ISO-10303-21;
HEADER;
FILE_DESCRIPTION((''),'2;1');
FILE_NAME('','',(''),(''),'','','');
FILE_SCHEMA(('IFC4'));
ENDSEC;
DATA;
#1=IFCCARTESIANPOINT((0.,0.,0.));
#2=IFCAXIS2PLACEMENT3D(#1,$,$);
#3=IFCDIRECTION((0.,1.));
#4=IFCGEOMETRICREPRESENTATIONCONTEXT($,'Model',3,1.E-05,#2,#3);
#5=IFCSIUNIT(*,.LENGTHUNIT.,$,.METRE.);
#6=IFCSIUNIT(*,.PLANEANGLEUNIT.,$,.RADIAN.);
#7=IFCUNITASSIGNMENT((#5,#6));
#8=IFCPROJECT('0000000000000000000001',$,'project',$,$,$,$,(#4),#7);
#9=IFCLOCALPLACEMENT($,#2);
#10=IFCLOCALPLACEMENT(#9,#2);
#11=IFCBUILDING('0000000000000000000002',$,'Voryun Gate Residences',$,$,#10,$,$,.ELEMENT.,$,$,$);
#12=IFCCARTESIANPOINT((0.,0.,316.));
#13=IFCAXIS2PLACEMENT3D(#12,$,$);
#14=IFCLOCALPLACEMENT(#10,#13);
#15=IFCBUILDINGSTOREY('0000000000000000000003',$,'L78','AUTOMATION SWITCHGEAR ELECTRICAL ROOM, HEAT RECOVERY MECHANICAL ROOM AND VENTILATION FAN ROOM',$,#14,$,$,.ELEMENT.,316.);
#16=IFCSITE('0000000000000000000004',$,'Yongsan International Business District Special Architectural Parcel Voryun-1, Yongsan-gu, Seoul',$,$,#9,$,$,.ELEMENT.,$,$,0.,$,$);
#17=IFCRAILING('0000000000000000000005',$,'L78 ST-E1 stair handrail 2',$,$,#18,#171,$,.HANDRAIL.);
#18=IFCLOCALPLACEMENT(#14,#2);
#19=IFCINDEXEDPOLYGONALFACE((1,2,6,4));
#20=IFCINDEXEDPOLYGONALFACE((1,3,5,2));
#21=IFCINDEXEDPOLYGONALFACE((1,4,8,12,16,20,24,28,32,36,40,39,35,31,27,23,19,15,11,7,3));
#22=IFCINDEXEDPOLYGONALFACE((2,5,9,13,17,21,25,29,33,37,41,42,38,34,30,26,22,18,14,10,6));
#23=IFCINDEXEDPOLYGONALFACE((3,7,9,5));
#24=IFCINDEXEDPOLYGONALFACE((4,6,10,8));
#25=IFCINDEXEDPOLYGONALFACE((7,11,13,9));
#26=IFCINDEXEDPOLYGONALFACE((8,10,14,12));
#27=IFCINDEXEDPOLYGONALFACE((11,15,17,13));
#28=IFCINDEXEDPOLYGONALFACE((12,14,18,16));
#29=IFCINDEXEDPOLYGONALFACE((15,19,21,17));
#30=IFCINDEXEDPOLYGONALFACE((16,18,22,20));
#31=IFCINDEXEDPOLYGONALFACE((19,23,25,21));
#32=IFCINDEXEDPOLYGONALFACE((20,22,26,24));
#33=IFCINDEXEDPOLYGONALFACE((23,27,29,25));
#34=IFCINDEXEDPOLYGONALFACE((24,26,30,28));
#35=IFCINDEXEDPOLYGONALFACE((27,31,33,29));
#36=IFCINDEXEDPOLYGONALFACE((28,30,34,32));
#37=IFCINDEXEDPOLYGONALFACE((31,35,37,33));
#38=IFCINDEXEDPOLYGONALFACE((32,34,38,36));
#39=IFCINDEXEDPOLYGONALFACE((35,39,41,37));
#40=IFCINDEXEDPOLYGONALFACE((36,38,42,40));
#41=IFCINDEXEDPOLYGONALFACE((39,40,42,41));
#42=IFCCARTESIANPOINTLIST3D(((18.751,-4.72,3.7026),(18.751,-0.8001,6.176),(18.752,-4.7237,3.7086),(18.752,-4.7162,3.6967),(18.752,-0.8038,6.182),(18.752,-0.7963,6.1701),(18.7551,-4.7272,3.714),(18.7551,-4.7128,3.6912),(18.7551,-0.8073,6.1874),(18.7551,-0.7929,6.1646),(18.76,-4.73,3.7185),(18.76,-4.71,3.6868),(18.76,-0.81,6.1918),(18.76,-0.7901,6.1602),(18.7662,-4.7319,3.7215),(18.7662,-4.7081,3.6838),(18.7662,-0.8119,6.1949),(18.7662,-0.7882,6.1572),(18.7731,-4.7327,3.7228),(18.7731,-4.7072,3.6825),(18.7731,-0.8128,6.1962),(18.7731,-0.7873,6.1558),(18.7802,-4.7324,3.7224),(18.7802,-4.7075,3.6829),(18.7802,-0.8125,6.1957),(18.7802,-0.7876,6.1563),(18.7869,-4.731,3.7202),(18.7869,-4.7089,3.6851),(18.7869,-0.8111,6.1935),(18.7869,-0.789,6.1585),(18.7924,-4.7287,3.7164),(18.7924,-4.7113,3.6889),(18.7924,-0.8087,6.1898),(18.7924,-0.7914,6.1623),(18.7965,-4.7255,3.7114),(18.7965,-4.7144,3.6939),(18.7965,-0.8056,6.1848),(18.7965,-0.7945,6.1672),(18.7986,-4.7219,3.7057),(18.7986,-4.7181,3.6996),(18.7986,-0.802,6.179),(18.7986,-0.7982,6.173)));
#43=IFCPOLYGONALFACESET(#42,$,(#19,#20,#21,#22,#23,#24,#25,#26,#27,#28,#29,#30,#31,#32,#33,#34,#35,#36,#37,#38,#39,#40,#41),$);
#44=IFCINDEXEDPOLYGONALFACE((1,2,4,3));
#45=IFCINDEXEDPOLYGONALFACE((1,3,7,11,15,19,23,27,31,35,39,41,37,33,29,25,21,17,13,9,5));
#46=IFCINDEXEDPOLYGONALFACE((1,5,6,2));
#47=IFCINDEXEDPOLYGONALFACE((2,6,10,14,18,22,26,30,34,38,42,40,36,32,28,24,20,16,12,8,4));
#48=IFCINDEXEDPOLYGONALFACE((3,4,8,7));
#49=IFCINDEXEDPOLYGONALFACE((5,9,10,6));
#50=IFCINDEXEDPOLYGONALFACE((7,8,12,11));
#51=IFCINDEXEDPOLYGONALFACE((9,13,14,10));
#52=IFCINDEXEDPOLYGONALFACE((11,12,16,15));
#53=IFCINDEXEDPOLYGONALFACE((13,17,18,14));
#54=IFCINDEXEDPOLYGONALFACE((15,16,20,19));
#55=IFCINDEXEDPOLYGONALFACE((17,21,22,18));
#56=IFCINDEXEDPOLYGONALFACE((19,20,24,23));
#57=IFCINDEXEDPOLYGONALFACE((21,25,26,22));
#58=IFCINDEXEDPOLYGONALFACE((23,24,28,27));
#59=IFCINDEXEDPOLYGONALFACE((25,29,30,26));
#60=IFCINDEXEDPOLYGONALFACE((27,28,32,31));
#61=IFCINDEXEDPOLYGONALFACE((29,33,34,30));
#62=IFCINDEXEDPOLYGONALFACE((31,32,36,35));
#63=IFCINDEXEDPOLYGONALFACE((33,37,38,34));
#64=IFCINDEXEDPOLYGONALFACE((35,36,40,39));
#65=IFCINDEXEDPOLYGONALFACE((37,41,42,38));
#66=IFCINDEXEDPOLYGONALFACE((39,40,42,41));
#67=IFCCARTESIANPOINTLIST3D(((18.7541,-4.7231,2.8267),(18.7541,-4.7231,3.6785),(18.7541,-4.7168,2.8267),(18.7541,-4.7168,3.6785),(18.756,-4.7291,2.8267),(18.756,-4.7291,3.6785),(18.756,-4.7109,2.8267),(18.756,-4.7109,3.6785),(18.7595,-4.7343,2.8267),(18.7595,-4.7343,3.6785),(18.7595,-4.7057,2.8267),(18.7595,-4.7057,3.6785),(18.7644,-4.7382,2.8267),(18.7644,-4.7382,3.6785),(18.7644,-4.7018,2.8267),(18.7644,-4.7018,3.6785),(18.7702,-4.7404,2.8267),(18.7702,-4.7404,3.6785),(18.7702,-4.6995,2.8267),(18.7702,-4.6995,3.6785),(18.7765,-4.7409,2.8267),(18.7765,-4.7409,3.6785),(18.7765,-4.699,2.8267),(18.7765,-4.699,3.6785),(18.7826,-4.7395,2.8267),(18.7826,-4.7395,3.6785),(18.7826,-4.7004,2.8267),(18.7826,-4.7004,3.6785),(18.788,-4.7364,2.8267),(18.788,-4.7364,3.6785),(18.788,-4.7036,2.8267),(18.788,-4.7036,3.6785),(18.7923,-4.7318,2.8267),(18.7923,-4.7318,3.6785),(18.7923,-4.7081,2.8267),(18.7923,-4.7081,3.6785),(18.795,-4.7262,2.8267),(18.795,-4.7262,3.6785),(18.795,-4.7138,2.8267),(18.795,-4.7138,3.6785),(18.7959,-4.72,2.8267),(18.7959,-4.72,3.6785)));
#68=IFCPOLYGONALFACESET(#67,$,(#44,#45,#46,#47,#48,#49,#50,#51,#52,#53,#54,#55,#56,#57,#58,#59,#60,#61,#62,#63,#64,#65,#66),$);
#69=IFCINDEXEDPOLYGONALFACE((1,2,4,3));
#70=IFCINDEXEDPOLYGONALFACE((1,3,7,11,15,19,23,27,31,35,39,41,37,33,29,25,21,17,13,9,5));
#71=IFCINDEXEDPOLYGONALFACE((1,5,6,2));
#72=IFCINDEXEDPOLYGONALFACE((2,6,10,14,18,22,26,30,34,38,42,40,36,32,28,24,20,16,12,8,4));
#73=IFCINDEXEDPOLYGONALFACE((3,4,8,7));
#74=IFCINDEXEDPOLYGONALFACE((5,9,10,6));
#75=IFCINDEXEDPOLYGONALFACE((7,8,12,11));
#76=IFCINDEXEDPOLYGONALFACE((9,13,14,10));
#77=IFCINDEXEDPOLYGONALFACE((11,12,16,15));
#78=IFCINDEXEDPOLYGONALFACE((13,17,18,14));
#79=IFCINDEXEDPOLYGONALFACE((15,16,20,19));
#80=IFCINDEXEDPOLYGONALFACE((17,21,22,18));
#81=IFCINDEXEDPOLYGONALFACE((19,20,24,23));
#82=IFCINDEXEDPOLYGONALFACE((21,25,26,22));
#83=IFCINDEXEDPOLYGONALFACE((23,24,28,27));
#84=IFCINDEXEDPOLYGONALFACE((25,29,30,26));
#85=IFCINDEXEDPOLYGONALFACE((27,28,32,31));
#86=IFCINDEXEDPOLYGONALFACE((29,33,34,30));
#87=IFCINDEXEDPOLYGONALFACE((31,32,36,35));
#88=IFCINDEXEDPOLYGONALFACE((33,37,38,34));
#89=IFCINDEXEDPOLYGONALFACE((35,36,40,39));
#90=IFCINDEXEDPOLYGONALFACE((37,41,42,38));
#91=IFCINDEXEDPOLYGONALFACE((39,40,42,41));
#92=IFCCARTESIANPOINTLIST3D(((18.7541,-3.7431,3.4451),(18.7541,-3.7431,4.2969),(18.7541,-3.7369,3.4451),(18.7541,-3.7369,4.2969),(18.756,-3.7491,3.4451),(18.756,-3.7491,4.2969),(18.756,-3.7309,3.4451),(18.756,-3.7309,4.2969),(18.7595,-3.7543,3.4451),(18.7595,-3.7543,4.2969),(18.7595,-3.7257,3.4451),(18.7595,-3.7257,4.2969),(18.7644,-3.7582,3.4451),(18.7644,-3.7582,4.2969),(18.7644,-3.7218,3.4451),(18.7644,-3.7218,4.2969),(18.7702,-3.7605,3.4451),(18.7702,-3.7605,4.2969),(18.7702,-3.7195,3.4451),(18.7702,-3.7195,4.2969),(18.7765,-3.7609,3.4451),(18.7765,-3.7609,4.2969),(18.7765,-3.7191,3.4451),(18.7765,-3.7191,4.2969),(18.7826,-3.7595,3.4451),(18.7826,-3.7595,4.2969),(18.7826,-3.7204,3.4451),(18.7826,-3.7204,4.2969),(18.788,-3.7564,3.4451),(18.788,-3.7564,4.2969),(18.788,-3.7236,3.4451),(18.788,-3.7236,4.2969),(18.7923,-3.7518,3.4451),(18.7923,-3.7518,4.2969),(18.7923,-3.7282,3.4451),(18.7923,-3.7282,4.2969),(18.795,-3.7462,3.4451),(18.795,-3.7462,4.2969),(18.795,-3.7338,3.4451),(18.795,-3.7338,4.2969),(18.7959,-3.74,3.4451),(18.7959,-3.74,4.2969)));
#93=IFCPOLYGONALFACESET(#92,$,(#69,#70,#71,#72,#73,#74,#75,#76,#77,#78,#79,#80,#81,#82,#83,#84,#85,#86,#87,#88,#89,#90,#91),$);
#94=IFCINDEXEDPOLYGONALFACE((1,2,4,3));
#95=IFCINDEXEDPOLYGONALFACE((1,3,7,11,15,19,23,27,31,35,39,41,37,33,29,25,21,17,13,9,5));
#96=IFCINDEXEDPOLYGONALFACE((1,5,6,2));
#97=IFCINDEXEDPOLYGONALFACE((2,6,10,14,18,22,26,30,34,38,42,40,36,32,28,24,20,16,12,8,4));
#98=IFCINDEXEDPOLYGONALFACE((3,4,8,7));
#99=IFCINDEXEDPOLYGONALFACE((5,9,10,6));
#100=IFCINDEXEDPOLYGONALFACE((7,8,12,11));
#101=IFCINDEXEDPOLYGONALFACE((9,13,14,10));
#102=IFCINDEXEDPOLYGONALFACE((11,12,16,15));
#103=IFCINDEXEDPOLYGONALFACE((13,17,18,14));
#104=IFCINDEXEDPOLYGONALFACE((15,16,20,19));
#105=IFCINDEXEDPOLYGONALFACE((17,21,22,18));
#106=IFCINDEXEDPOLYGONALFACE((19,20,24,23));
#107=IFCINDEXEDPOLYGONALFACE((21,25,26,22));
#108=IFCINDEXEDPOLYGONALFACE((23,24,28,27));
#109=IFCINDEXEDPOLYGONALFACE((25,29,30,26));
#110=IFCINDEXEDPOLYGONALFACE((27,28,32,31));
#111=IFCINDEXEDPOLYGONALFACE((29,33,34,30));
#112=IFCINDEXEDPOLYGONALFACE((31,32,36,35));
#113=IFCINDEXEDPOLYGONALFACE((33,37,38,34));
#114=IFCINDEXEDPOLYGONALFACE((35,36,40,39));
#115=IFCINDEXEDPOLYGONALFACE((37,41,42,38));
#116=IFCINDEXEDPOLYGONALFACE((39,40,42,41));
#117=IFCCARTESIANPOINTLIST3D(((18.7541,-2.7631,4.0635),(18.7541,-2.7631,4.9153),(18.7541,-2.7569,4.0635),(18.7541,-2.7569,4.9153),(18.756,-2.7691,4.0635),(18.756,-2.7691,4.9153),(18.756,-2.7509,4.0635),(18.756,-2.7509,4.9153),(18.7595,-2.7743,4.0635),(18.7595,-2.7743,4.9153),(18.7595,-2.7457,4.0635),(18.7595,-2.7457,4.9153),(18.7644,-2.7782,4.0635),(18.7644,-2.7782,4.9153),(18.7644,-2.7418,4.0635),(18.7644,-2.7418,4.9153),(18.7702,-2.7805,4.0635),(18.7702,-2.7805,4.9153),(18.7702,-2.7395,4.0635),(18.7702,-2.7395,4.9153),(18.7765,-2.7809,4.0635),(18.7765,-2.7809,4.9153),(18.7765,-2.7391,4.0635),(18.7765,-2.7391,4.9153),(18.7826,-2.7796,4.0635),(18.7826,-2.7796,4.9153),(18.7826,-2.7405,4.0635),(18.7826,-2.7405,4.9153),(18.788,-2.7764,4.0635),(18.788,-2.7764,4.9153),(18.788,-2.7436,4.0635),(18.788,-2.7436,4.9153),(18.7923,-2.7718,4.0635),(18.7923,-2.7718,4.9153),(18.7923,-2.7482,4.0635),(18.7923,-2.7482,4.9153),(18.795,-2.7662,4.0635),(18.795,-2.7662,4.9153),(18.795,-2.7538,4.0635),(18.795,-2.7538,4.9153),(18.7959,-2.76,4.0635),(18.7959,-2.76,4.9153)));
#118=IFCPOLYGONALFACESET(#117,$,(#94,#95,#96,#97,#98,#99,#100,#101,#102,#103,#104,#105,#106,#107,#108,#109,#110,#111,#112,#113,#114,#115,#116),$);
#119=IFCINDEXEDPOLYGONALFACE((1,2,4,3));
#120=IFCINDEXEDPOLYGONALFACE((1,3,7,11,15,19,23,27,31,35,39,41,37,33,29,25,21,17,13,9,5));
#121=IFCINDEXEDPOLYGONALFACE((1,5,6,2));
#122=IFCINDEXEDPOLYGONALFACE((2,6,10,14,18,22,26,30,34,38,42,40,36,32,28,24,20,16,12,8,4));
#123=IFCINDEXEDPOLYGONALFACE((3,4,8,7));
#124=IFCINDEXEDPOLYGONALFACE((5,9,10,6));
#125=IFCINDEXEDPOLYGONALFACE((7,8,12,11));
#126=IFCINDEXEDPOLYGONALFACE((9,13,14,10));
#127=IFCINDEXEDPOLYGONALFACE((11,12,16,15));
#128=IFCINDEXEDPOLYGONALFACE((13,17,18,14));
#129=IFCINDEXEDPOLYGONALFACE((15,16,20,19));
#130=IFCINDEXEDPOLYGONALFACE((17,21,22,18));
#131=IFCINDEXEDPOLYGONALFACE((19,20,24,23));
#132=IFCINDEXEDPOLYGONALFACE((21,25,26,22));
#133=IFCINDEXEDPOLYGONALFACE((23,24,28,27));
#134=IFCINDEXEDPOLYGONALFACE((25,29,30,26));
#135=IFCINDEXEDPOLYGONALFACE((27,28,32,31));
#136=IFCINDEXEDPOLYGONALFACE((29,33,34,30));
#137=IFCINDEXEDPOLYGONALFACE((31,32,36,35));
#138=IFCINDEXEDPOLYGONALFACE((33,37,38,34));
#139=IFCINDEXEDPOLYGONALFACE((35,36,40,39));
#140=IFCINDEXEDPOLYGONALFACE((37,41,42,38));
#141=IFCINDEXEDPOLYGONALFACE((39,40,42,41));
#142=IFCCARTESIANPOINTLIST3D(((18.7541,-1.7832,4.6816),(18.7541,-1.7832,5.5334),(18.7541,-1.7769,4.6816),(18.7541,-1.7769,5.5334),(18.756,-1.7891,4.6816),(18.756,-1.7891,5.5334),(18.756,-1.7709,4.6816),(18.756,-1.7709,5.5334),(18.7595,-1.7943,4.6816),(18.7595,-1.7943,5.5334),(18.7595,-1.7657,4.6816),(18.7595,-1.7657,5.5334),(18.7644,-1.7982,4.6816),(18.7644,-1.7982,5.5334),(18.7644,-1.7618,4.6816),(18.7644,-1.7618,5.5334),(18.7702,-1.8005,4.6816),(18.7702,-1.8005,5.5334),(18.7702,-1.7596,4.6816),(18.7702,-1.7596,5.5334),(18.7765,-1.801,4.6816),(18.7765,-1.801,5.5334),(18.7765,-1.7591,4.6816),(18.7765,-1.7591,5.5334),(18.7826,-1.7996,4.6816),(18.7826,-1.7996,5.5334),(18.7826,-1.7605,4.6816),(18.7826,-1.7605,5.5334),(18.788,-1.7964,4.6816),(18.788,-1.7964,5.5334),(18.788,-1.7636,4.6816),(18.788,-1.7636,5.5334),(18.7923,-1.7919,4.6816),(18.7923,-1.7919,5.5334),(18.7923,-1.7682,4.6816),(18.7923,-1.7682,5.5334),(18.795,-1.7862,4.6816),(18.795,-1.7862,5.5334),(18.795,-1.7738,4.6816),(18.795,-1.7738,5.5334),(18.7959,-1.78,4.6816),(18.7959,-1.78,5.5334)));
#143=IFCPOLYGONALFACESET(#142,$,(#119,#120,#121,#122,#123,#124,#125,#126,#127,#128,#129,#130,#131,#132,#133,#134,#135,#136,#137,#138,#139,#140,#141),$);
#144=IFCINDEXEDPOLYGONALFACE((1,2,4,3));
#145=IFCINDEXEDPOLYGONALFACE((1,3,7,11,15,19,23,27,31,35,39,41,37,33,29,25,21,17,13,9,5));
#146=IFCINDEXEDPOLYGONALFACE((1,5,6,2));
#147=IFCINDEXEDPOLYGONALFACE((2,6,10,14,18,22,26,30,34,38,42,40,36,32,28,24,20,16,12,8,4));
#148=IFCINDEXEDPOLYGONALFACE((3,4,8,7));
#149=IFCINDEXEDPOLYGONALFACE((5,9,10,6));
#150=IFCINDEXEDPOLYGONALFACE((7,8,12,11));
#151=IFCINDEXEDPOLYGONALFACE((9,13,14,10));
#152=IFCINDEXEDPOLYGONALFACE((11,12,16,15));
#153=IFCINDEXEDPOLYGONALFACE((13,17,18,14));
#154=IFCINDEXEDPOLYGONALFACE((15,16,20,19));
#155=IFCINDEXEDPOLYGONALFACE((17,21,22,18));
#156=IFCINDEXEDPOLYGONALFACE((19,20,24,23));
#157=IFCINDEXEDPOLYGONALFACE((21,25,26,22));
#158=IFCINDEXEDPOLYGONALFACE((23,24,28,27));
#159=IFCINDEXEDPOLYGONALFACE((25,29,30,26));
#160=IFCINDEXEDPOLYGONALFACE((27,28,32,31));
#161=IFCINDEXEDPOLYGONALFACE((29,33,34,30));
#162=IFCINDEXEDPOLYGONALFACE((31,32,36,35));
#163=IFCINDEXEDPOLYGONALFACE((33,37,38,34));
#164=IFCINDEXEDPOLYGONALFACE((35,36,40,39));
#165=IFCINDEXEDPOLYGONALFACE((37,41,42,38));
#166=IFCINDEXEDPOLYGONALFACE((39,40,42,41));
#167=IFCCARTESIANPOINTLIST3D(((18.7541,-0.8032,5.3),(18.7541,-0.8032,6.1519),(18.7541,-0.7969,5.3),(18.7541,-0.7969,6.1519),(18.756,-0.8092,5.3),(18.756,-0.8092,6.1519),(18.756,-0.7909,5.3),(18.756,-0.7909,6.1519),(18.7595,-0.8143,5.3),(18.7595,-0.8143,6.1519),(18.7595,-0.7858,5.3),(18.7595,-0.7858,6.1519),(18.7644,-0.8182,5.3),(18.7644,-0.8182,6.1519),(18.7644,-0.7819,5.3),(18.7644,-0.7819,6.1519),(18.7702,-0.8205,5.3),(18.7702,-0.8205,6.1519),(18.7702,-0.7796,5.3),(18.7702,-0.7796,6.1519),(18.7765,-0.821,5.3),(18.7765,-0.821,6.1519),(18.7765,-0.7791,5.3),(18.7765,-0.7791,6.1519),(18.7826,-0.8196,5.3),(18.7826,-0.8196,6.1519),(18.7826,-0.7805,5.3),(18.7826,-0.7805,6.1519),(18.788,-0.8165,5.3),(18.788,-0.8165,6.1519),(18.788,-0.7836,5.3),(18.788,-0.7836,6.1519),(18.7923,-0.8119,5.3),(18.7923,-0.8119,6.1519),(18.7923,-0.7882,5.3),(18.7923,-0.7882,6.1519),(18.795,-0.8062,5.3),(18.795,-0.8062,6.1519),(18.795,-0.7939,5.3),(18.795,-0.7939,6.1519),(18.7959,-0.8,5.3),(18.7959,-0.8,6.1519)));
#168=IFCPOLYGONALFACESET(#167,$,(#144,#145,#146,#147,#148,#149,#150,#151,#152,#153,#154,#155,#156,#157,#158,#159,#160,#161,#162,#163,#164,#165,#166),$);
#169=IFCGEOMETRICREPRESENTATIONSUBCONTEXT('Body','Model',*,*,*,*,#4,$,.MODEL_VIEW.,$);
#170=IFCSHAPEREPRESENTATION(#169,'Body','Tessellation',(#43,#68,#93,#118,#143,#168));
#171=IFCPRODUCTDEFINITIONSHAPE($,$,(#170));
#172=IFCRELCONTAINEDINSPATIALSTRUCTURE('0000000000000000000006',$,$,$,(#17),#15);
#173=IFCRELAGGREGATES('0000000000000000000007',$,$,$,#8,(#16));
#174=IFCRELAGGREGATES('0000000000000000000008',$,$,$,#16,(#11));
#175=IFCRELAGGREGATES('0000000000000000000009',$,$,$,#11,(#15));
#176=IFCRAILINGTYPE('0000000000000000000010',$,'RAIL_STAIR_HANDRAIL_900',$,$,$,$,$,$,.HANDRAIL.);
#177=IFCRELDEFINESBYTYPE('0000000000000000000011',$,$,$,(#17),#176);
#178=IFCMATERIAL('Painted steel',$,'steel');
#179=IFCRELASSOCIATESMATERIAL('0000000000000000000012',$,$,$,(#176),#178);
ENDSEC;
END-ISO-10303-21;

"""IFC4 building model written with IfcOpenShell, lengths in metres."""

from ifc_helpers import new_model, si_unit, direction, frame, origin, origin_2d, place, context, subcontext, project, spatial, circle, extrude, material, type_object, element, save


model = new_model("IFC4")

# Units and contexts
model_context = context("Model", 3, precision=1e-05, world=origin(), true_north=direction((0.0, 1.0)))
body_context = subcontext(model_context, "Body", "Model", "MODEL_VIEW")
ifc_project = project(units=[si_unit("LENGTHUNIT", "METRE"), si_unit("PLANEANGLEUNIT", "RADIAN")], contexts=[model_context])

# Site, building, storey
site_placement = place(None, origin())
site = spatial("IfcSite", under=ifc_project, at=site_placement, Name="Yongsan International Business District Special Architectural Parcel Voryun-1, Yongsan-gu, Seoul", CompositionType="ELEMENT", RefElevation=0.0)
building_placement = place(site_placement, origin())
building = spatial("IfcBuilding", under=site, at=building_placement, Name="Voryun Gate Residences", CompositionType="ELEMENT")
storey_placement = place(building_placement, frame((0.0, 0.0, 316.0)))
storey = spatial("IfcBuildingStorey", under=building, at=storey_placement, Name="L78", Description="AUTOMATION SWITCHGEAR ELECTRICAL ROOM, HEAT RECOVERY MECHANICAL ROOM AND VENTILATION FAN ROOM", CompositionType="ELEMENT", Elevation=316.0)

# Railing
ifc_material_1 = material(Name="Painted steel", Category="steel")
railing_type_1 = type_object("IfcRailingType", Name="RAIL_STAIR_HANDRAIL_900", PredefinedType="HANDRAIL", material=ifc_material_1)
railing_1_placement = place(storey_placement, frame((18.7749, -4.72, 2.8267)))
element("IfcRailing", 1, at=railing_1_placement, inside=storey, type_object=railing_type_1, Name="L78 ST-E1 stair handrail 2", PredefinedType="HANDRAIL", context=body_context, shape_type="SweptSolid", body=[
    extrude(circle(Radius=0.0239, at=origin_2d()), frame((0.0, 0.0, 0.876), z_axis=(0.0, 0.845718, 0.53363), x_axis=(-1.0, 0.0, 0.0)), (0.0, 0.0, 1.0), 4.635),
    extrude(circle(Radius=0.021, at=origin_2d()), origin(), (0.0, 0.0, 1.0), 0.8518),
    extrude(circle(Radius=0.021, at=origin_2d()), frame((0.0, 0.98, 0.6184)), (0.0, 0.0, 1.0), 0.8518),
    extrude(circle(Radius=0.021, at=origin_2d()), frame((0.0, 1.96, 1.2368)), (0.0, 0.0, 1.0), 0.8518),
    extrude(circle(Radius=0.021, at=origin_2d()), frame((0.0, 2.9399, 1.855)), (0.0, 0.0, 1.0), 0.8518),
    extrude(circle(Radius=0.021, at=origin_2d()), frame((0.0, 3.9199, 2.4734)), (0.0, 0.0, 1.0), 0.8518),
])

save(model, "model.ifc")
